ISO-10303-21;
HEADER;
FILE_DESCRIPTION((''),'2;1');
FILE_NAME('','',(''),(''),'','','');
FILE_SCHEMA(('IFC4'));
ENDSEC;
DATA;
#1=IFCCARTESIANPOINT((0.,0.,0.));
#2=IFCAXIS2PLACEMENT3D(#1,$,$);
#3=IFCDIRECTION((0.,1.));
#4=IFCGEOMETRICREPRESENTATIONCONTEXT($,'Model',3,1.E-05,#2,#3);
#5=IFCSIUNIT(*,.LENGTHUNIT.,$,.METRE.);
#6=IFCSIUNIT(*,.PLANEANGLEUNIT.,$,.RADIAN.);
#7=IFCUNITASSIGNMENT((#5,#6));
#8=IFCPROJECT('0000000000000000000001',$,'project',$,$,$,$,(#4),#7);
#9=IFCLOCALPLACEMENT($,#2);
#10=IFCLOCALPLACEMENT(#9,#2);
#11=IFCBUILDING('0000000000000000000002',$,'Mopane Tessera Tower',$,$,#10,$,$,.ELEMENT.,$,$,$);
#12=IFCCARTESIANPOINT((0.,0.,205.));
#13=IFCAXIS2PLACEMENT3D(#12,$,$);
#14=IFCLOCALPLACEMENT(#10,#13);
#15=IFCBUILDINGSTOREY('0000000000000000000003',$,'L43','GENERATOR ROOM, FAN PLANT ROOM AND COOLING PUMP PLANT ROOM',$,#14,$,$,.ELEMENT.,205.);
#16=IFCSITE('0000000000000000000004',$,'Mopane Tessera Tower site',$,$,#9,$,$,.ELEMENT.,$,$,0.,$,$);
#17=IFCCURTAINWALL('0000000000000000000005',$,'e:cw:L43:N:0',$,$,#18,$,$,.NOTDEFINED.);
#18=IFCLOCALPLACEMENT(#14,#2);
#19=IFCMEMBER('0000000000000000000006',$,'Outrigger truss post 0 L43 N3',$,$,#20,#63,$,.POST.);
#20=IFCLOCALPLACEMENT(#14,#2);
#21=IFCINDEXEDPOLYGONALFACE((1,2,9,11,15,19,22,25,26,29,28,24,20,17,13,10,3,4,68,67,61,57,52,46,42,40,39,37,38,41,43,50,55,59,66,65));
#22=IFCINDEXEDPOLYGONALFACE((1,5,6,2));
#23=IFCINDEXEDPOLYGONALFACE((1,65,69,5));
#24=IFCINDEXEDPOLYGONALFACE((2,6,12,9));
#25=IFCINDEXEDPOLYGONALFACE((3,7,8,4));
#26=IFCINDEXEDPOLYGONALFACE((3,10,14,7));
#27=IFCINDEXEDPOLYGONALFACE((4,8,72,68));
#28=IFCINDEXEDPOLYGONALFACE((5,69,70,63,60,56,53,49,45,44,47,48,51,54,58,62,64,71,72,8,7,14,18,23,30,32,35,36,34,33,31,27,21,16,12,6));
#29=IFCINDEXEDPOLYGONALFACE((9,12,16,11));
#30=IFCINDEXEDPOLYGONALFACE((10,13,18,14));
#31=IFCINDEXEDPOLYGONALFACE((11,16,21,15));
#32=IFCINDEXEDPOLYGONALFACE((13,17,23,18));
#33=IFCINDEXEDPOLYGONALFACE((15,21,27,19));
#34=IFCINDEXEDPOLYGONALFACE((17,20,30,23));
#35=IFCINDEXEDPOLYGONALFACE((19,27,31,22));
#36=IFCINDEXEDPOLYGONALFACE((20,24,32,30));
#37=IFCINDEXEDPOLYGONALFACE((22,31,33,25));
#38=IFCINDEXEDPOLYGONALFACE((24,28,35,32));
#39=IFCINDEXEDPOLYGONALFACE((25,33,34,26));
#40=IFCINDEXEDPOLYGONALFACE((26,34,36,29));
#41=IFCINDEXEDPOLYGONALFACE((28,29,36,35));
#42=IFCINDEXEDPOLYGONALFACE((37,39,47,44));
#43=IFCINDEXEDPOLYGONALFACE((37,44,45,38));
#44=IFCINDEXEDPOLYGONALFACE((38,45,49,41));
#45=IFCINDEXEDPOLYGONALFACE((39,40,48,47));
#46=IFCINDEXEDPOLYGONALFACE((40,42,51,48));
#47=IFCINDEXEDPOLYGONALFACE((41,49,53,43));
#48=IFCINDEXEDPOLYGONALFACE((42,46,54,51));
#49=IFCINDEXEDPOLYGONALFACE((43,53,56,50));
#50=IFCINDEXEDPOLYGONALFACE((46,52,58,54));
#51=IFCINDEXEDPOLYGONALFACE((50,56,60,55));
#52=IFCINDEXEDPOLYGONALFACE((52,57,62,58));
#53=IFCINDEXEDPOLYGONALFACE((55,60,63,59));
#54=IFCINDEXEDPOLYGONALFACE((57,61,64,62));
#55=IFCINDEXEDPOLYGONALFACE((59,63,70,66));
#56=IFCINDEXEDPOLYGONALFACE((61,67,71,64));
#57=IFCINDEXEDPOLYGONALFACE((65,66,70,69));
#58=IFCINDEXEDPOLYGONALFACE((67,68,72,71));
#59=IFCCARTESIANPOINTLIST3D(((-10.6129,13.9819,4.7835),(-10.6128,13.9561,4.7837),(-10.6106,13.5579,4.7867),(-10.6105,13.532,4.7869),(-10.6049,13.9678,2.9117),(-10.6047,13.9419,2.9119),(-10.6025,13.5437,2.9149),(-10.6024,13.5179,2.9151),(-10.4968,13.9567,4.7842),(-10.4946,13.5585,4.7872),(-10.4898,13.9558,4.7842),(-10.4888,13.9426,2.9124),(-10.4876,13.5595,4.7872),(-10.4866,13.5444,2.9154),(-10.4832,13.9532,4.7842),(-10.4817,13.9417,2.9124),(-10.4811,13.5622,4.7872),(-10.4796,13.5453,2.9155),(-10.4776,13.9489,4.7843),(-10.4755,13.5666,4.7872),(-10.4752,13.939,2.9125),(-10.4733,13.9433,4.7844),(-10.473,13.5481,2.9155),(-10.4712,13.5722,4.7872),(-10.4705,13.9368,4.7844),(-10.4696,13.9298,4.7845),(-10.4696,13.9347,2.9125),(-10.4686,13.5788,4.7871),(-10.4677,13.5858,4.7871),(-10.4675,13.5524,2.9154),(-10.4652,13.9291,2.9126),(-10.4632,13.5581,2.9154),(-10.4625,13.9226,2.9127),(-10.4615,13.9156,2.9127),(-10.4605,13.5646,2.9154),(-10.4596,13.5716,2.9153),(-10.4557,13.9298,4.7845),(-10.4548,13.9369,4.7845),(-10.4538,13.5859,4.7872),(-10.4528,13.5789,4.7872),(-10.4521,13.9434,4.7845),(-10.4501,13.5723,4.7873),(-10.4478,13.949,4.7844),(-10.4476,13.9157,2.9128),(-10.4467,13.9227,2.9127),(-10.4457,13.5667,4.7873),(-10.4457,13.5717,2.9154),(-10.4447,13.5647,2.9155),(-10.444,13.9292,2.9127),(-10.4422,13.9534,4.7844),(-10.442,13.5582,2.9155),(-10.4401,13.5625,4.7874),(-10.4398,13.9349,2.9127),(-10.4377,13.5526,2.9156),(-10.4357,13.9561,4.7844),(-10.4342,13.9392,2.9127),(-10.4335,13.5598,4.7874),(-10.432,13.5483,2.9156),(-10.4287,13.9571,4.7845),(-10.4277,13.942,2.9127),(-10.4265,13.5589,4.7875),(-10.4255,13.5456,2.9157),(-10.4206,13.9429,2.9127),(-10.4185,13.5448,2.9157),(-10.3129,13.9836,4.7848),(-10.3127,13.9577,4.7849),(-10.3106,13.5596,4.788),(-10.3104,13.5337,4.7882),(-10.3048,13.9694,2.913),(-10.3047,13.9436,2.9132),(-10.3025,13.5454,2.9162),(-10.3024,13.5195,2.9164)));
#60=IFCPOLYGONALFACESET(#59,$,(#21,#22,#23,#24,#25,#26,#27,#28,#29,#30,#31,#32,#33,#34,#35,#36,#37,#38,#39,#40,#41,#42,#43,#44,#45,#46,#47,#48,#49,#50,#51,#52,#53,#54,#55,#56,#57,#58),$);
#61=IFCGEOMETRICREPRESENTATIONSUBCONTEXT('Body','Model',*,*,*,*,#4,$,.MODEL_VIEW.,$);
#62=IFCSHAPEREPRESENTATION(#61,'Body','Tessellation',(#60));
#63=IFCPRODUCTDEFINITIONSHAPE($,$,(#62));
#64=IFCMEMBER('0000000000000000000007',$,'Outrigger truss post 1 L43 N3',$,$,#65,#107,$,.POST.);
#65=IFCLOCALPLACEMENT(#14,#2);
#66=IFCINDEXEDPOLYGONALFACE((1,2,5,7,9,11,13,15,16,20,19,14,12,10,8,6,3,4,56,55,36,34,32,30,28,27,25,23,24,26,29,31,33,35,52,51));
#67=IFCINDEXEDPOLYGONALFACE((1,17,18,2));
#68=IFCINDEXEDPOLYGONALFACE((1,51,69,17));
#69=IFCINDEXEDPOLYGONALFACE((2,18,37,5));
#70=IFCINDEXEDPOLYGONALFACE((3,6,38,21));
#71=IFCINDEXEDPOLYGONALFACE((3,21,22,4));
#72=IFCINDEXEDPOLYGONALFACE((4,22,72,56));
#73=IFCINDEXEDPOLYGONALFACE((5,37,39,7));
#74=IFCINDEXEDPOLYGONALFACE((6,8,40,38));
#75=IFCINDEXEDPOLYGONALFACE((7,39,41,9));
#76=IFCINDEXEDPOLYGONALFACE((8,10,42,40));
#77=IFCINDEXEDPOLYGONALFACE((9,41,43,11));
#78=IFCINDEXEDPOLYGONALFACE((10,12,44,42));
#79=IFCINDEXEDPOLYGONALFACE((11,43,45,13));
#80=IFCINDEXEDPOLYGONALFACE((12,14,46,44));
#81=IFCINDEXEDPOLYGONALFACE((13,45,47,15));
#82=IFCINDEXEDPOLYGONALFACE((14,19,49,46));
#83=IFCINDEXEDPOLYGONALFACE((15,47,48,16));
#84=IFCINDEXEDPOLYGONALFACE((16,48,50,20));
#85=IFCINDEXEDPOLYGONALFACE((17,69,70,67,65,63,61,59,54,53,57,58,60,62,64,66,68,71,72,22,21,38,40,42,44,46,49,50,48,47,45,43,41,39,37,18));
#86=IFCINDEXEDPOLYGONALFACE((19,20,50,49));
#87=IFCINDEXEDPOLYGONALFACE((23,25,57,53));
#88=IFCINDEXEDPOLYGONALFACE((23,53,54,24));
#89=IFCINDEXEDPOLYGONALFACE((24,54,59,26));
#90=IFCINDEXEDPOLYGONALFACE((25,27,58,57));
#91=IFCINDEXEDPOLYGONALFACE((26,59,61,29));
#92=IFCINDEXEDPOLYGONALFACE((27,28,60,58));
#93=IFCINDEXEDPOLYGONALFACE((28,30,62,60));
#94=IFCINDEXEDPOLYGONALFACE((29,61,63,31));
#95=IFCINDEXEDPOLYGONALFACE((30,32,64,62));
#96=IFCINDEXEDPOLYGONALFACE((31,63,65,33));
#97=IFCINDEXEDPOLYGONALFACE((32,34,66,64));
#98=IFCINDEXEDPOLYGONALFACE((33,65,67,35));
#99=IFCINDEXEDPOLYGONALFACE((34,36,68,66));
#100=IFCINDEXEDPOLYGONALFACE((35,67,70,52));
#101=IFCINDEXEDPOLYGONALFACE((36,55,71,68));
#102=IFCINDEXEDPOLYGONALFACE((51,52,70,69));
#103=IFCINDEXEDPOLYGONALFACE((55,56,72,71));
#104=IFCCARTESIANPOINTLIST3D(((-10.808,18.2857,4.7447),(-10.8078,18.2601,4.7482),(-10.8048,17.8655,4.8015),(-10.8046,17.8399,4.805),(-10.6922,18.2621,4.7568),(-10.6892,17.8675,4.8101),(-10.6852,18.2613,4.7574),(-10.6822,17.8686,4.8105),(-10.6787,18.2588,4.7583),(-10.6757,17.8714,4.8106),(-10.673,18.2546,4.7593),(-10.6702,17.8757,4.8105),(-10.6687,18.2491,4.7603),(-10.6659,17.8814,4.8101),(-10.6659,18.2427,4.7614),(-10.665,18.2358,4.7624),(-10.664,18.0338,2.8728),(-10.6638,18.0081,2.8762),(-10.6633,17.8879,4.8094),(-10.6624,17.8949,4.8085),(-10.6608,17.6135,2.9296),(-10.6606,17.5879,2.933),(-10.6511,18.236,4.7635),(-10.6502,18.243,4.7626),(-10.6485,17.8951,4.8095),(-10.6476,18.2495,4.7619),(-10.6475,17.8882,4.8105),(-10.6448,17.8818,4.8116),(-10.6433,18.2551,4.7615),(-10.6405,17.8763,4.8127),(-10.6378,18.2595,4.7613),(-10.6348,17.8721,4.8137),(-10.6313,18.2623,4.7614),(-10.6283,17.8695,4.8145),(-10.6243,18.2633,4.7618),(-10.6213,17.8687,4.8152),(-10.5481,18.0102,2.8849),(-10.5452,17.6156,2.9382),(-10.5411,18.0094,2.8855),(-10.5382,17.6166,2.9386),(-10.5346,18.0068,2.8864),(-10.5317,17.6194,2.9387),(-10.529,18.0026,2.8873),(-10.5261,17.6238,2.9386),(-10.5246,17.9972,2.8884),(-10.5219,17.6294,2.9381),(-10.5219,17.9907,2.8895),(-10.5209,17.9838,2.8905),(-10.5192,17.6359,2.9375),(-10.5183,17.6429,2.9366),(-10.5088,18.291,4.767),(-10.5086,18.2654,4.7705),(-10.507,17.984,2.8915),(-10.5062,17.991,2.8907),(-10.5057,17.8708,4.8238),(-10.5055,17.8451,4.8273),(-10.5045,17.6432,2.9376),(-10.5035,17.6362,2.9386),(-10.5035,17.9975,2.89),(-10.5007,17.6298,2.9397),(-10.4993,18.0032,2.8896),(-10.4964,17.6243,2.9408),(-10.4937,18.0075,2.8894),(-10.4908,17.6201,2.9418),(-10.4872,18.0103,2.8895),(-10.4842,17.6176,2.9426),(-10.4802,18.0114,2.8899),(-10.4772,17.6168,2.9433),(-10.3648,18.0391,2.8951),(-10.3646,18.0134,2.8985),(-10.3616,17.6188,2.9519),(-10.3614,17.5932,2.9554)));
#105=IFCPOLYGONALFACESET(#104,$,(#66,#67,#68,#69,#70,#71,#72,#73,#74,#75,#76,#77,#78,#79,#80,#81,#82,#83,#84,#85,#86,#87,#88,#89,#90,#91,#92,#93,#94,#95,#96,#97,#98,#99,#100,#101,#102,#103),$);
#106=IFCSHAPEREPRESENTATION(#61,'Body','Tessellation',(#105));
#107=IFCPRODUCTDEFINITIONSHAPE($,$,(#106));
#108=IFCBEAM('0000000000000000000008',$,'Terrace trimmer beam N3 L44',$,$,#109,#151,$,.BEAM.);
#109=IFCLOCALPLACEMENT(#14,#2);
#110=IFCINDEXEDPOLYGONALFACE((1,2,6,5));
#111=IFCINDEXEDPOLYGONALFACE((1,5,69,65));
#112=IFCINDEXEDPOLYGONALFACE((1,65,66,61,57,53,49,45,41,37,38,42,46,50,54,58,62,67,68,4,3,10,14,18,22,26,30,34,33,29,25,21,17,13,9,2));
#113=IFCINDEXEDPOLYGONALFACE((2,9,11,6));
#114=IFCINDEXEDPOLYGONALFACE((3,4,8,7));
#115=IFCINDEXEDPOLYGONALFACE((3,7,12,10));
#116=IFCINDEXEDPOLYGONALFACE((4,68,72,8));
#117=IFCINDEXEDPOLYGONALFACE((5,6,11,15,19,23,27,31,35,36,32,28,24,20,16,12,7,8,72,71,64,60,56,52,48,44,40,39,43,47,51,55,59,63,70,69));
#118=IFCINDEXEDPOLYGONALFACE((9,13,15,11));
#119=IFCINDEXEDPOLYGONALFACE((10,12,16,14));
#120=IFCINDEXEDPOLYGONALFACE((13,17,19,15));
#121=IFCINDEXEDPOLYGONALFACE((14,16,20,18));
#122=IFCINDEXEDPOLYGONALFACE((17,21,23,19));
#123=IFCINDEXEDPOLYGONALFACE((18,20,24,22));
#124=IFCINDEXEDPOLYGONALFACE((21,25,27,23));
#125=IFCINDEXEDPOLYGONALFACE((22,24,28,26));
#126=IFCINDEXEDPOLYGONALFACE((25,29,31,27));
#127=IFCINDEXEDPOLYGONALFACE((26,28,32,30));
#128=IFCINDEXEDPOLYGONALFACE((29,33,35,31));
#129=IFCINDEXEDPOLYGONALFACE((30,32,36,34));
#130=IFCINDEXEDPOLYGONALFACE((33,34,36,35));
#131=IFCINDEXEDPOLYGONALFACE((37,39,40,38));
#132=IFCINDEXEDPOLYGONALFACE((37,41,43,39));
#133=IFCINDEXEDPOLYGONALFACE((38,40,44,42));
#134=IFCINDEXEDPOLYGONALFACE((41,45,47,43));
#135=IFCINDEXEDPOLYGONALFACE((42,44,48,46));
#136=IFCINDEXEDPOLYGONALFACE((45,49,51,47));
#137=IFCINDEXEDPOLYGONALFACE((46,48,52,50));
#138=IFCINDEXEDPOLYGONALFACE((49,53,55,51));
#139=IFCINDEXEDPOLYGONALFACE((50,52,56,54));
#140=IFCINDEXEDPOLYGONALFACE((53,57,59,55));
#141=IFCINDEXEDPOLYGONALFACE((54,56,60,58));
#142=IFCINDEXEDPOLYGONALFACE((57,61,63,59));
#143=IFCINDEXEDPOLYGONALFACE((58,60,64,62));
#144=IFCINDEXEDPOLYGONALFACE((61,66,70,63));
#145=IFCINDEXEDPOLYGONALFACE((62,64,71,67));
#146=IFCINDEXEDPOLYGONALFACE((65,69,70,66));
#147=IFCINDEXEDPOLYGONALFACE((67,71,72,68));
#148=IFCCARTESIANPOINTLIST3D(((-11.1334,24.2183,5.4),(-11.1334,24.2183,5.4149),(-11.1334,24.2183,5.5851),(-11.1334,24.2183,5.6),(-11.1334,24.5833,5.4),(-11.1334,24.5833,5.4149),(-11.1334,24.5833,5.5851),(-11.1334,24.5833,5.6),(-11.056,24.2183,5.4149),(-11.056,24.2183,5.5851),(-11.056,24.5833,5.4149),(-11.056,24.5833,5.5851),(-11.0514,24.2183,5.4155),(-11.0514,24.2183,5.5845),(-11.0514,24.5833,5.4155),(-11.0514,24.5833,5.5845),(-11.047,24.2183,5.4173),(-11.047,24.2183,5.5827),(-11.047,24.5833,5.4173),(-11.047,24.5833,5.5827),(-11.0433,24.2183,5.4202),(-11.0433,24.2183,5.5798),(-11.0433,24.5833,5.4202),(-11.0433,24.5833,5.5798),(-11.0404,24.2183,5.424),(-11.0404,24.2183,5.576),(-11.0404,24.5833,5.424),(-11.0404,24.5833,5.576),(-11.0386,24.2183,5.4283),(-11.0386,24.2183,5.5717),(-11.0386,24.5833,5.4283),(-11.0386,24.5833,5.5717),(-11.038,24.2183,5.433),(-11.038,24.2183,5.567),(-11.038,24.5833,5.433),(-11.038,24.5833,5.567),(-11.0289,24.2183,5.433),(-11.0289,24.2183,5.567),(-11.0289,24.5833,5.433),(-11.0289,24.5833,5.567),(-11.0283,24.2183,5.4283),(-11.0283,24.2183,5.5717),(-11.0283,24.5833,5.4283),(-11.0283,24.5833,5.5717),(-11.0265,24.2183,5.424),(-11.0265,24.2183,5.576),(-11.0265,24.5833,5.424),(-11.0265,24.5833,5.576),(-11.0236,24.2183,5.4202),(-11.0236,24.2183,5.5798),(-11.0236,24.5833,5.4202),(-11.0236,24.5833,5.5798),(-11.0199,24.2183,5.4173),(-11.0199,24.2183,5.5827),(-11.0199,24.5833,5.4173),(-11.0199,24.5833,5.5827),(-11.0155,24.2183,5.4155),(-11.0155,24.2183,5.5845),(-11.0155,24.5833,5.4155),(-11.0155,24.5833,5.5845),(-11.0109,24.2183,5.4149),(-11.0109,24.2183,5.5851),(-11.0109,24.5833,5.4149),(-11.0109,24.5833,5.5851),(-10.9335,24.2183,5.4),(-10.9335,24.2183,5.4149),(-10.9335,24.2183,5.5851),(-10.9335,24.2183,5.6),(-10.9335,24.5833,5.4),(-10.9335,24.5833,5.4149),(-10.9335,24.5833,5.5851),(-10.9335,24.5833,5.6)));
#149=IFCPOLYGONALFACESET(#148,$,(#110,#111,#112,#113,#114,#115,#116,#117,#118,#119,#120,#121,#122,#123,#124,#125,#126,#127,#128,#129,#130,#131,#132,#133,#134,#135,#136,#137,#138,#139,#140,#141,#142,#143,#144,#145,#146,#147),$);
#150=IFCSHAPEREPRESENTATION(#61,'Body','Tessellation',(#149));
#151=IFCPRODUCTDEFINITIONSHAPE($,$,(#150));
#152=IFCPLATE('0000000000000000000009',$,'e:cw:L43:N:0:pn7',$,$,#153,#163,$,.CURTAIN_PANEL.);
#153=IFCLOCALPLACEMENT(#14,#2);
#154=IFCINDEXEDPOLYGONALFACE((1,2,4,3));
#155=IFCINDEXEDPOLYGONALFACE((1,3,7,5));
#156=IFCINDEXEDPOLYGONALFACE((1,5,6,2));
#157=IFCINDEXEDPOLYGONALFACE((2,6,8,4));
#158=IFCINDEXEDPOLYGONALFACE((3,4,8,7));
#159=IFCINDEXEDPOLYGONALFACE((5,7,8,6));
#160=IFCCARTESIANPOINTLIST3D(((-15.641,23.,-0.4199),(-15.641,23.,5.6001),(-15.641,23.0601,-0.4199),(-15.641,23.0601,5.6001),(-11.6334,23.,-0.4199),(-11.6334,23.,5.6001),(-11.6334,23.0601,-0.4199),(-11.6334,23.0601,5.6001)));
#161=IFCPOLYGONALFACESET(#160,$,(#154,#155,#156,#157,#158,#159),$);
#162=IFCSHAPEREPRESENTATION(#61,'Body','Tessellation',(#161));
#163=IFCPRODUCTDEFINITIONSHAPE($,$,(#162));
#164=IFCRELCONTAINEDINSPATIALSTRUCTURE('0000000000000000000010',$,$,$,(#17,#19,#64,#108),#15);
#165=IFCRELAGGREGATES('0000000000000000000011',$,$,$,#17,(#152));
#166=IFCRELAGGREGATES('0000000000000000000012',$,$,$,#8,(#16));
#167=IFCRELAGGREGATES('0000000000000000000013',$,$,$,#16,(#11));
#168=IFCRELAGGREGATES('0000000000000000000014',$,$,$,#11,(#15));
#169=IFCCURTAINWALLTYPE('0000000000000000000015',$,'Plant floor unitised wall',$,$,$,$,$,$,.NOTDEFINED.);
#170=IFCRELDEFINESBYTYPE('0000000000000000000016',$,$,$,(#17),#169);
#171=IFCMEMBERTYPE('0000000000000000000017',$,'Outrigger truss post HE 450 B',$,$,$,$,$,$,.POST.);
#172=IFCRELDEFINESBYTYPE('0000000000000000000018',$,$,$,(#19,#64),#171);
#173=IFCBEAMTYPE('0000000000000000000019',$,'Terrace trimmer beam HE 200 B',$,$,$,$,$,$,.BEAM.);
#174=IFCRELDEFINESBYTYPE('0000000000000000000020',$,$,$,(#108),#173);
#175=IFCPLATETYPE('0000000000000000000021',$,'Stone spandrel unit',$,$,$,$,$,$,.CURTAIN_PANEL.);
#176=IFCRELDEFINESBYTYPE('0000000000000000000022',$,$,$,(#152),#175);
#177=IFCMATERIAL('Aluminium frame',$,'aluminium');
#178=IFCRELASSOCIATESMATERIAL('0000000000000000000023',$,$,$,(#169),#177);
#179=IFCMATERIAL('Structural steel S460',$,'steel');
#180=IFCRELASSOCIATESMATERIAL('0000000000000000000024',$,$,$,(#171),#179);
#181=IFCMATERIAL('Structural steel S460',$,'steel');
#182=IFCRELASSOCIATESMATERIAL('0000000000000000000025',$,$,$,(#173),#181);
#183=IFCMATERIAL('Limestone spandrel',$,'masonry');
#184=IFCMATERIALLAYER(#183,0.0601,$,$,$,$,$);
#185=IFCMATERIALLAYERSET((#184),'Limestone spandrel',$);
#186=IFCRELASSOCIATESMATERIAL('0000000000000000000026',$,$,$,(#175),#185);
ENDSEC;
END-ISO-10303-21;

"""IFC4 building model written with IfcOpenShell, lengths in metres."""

from ifc_helpers import new_model, si_unit, direction, frame, origin, origin_2d, place, context, subcontext, project, spatial, rectangle, i_section, extrude, material, layer, layer_set, material_profile, profile_set, type_object, element, aggregate, save


model = new_model("IFC4")

# Units and contexts
model_context = context("Model", 3, precision=1e-05, world=origin(), true_north=direction((0.0, 1.0)))
body_context = subcontext(model_context, "Body", "Model", "MODEL_VIEW")
ifc_project = project(units=[si_unit("LENGTHUNIT", "METRE"), si_unit("PLANEANGLEUNIT", "RADIAN")], contexts=[model_context])

# Site, building, storey
site_placement = place(None, origin())
site = spatial("IfcSite", under=ifc_project, at=site_placement, Name="Mopane Tessera Tower site", CompositionType="ELEMENT", RefElevation=0.0)
building_placement = place(site_placement, origin())
building = spatial("IfcBuilding", under=site, at=building_placement, Name="Mopane Tessera Tower", CompositionType="ELEMENT")
storey_placement = place(building_placement, frame((0.0, 0.0, 205.0)))
storey = spatial("IfcBuildingStorey", under=building, at=storey_placement, Name="L43", Description="GENERATOR ROOM, FAN PLANT ROOM AND COOLING PUMP PLANT ROOM", CompositionType="ELEMENT", Elevation=205.0)

# Curtain wall
ifc_material_1 = material(Name="Aluminium frame", Category="aluminium")
curtain_wall_type = type_object("IfcCurtainWallType", Name="Plant floor unitised wall", PredefinedType="NOTDEFINED", material=ifc_material_1)
curtain_wall_placement = place(storey_placement, origin())
curtain_wall = element("IfcCurtainWall", 1, at=curtain_wall_placement, inside=storey, type_object=curtain_wall_type, Name="e:cw:L43:N:0", PredefinedType="NOTDEFINED")

# Members
ifc_material_2 = material(Name="Structural steel S460", Category="steel")
ifc_material_profile_1 = material_profile(ifc_material_2, i_section(OverallWidth=0.3, OverallDepth=0.45, WebThickness=0.0139, FlangeThickness=0.0259, FilletRadius=0.0271, at=origin_2d()))
ifc_profile_set_1 = profile_set([ifc_material_profile_1], Name="Structural steel S460")
member_type_1 = type_object("IfcMemberType", Name="Outrigger truss post HE 450 B", PredefinedType="POST", material=ifc_profile_set_1)
member_1_placement = place(storey_placement, frame((-10.4536, 13.7437, 2.9141), z_axis=(-0.004304, 0.007565, 0.999962), x_axis=(-0.999976, -0.005522, -0.004262)))
element("IfcMember", 2, at=member_1_placement, inside=storey, type_object=member_type_1, Name="Outrigger truss post 0 L43 N3", PredefinedType="POST", context=body_context, shape_type="SweptSolid", body=[
    extrude(i_section(OverallWidth=0.3, OverallDepth=0.45, WebThickness=0.0139, FlangeThickness=0.0259, FilletRadius=0.0271, at=origin_2d()), origin(), (0.0, 0.0, 1.0), 1.8718),
])
member_2_placement = place(storey_placement, frame((-10.5127, 17.8135, 2.9141), z_axis=(-0.076045, 0.133014, 0.988193), x_axis=(-0.997076, -0.017583, -0.074361)))
element("IfcMember", 3, at=member_2_placement, inside=storey, type_object=member_type_1, Name="Outrigger truss post 1 L43 N3", PredefinedType="POST", context=body_context, shape_type="SweptSolid", body=[
    extrude(i_section(OverallWidth=0.3, OverallDepth=0.45, WebThickness=0.0139, FlangeThickness=0.0259, FilletRadius=0.0271, at=origin_2d()), origin(), (0.0, 0.0, 1.0), 1.8943),
])

# Beam
ifc_material_3 = material(Name="Structural steel S460", Category="steel")
ifc_material_profile_2 = material_profile(ifc_material_3, i_section(OverallWidth=0.2, OverallDepth=0.2, WebThickness=0.009, FlangeThickness=0.0149, FilletRadius=0.0181, at=origin_2d()))
ifc_profile_set_2 = profile_set([ifc_material_profile_2], Name="Structural steel S460")
beam_type = type_object("IfcBeamType", Name="Terrace trimmer beam HE 200 B", PredefinedType="BEAM", material=ifc_profile_set_2)
beam_placement = place(storey_placement, frame((-11.0334, 24.2183, 5.5), z_axis=(0.0, 1.0, 0.0), x_axis=(-1.0, 0.0, 0.0)))
element("IfcBeam", 4, at=beam_placement, inside=storey, type_object=beam_type, Name="Terrace trimmer beam N3 L44", PredefinedType="BEAM", context=body_context, shape_type="SweptSolid", body=[
    extrude(i_section(OverallWidth=0.2, OverallDepth=0.2, WebThickness=0.009, FlangeThickness=0.0149, FilletRadius=0.0181, at=origin_2d()), origin(), (0.0, 0.0, 1.0), 0.365),
])

# Plate
ifc_material_4 = material(Name="Limestone spandrel", Category="masonry")
ifc_layer_1 = layer(ifc_material_4, 0.0601)
ifc_layer_set_1 = layer_set([ifc_layer_1], Name="Limestone spandrel")
plate_type = type_object("IfcPlateType", Name="Stone spandrel unit", PredefinedType="CURTAIN_PANEL", material=ifc_layer_set_1)
plate_placement = place(storey_placement, frame((-13.6372, 23.03, -0.4199), z_axis=(0.0, 0.0, 1.0), x_axis=(-1.0, 0.0, 0.0)))
plate = element("IfcPlate", 5, at=plate_placement, type_object=plate_type, Name="e:cw:L43:N:0:pn7", PredefinedType="CURTAIN_PANEL", context=body_context, shape_type="SweptSolid", body=[
    extrude(rectangle(XDim=4.0076, YDim=0.0601, at=origin_2d()), origin(), (0.0, 0.0, 1.0), 6.02),
])
aggregate(curtain_wall, [plate])

save(model, "model.ifc")
